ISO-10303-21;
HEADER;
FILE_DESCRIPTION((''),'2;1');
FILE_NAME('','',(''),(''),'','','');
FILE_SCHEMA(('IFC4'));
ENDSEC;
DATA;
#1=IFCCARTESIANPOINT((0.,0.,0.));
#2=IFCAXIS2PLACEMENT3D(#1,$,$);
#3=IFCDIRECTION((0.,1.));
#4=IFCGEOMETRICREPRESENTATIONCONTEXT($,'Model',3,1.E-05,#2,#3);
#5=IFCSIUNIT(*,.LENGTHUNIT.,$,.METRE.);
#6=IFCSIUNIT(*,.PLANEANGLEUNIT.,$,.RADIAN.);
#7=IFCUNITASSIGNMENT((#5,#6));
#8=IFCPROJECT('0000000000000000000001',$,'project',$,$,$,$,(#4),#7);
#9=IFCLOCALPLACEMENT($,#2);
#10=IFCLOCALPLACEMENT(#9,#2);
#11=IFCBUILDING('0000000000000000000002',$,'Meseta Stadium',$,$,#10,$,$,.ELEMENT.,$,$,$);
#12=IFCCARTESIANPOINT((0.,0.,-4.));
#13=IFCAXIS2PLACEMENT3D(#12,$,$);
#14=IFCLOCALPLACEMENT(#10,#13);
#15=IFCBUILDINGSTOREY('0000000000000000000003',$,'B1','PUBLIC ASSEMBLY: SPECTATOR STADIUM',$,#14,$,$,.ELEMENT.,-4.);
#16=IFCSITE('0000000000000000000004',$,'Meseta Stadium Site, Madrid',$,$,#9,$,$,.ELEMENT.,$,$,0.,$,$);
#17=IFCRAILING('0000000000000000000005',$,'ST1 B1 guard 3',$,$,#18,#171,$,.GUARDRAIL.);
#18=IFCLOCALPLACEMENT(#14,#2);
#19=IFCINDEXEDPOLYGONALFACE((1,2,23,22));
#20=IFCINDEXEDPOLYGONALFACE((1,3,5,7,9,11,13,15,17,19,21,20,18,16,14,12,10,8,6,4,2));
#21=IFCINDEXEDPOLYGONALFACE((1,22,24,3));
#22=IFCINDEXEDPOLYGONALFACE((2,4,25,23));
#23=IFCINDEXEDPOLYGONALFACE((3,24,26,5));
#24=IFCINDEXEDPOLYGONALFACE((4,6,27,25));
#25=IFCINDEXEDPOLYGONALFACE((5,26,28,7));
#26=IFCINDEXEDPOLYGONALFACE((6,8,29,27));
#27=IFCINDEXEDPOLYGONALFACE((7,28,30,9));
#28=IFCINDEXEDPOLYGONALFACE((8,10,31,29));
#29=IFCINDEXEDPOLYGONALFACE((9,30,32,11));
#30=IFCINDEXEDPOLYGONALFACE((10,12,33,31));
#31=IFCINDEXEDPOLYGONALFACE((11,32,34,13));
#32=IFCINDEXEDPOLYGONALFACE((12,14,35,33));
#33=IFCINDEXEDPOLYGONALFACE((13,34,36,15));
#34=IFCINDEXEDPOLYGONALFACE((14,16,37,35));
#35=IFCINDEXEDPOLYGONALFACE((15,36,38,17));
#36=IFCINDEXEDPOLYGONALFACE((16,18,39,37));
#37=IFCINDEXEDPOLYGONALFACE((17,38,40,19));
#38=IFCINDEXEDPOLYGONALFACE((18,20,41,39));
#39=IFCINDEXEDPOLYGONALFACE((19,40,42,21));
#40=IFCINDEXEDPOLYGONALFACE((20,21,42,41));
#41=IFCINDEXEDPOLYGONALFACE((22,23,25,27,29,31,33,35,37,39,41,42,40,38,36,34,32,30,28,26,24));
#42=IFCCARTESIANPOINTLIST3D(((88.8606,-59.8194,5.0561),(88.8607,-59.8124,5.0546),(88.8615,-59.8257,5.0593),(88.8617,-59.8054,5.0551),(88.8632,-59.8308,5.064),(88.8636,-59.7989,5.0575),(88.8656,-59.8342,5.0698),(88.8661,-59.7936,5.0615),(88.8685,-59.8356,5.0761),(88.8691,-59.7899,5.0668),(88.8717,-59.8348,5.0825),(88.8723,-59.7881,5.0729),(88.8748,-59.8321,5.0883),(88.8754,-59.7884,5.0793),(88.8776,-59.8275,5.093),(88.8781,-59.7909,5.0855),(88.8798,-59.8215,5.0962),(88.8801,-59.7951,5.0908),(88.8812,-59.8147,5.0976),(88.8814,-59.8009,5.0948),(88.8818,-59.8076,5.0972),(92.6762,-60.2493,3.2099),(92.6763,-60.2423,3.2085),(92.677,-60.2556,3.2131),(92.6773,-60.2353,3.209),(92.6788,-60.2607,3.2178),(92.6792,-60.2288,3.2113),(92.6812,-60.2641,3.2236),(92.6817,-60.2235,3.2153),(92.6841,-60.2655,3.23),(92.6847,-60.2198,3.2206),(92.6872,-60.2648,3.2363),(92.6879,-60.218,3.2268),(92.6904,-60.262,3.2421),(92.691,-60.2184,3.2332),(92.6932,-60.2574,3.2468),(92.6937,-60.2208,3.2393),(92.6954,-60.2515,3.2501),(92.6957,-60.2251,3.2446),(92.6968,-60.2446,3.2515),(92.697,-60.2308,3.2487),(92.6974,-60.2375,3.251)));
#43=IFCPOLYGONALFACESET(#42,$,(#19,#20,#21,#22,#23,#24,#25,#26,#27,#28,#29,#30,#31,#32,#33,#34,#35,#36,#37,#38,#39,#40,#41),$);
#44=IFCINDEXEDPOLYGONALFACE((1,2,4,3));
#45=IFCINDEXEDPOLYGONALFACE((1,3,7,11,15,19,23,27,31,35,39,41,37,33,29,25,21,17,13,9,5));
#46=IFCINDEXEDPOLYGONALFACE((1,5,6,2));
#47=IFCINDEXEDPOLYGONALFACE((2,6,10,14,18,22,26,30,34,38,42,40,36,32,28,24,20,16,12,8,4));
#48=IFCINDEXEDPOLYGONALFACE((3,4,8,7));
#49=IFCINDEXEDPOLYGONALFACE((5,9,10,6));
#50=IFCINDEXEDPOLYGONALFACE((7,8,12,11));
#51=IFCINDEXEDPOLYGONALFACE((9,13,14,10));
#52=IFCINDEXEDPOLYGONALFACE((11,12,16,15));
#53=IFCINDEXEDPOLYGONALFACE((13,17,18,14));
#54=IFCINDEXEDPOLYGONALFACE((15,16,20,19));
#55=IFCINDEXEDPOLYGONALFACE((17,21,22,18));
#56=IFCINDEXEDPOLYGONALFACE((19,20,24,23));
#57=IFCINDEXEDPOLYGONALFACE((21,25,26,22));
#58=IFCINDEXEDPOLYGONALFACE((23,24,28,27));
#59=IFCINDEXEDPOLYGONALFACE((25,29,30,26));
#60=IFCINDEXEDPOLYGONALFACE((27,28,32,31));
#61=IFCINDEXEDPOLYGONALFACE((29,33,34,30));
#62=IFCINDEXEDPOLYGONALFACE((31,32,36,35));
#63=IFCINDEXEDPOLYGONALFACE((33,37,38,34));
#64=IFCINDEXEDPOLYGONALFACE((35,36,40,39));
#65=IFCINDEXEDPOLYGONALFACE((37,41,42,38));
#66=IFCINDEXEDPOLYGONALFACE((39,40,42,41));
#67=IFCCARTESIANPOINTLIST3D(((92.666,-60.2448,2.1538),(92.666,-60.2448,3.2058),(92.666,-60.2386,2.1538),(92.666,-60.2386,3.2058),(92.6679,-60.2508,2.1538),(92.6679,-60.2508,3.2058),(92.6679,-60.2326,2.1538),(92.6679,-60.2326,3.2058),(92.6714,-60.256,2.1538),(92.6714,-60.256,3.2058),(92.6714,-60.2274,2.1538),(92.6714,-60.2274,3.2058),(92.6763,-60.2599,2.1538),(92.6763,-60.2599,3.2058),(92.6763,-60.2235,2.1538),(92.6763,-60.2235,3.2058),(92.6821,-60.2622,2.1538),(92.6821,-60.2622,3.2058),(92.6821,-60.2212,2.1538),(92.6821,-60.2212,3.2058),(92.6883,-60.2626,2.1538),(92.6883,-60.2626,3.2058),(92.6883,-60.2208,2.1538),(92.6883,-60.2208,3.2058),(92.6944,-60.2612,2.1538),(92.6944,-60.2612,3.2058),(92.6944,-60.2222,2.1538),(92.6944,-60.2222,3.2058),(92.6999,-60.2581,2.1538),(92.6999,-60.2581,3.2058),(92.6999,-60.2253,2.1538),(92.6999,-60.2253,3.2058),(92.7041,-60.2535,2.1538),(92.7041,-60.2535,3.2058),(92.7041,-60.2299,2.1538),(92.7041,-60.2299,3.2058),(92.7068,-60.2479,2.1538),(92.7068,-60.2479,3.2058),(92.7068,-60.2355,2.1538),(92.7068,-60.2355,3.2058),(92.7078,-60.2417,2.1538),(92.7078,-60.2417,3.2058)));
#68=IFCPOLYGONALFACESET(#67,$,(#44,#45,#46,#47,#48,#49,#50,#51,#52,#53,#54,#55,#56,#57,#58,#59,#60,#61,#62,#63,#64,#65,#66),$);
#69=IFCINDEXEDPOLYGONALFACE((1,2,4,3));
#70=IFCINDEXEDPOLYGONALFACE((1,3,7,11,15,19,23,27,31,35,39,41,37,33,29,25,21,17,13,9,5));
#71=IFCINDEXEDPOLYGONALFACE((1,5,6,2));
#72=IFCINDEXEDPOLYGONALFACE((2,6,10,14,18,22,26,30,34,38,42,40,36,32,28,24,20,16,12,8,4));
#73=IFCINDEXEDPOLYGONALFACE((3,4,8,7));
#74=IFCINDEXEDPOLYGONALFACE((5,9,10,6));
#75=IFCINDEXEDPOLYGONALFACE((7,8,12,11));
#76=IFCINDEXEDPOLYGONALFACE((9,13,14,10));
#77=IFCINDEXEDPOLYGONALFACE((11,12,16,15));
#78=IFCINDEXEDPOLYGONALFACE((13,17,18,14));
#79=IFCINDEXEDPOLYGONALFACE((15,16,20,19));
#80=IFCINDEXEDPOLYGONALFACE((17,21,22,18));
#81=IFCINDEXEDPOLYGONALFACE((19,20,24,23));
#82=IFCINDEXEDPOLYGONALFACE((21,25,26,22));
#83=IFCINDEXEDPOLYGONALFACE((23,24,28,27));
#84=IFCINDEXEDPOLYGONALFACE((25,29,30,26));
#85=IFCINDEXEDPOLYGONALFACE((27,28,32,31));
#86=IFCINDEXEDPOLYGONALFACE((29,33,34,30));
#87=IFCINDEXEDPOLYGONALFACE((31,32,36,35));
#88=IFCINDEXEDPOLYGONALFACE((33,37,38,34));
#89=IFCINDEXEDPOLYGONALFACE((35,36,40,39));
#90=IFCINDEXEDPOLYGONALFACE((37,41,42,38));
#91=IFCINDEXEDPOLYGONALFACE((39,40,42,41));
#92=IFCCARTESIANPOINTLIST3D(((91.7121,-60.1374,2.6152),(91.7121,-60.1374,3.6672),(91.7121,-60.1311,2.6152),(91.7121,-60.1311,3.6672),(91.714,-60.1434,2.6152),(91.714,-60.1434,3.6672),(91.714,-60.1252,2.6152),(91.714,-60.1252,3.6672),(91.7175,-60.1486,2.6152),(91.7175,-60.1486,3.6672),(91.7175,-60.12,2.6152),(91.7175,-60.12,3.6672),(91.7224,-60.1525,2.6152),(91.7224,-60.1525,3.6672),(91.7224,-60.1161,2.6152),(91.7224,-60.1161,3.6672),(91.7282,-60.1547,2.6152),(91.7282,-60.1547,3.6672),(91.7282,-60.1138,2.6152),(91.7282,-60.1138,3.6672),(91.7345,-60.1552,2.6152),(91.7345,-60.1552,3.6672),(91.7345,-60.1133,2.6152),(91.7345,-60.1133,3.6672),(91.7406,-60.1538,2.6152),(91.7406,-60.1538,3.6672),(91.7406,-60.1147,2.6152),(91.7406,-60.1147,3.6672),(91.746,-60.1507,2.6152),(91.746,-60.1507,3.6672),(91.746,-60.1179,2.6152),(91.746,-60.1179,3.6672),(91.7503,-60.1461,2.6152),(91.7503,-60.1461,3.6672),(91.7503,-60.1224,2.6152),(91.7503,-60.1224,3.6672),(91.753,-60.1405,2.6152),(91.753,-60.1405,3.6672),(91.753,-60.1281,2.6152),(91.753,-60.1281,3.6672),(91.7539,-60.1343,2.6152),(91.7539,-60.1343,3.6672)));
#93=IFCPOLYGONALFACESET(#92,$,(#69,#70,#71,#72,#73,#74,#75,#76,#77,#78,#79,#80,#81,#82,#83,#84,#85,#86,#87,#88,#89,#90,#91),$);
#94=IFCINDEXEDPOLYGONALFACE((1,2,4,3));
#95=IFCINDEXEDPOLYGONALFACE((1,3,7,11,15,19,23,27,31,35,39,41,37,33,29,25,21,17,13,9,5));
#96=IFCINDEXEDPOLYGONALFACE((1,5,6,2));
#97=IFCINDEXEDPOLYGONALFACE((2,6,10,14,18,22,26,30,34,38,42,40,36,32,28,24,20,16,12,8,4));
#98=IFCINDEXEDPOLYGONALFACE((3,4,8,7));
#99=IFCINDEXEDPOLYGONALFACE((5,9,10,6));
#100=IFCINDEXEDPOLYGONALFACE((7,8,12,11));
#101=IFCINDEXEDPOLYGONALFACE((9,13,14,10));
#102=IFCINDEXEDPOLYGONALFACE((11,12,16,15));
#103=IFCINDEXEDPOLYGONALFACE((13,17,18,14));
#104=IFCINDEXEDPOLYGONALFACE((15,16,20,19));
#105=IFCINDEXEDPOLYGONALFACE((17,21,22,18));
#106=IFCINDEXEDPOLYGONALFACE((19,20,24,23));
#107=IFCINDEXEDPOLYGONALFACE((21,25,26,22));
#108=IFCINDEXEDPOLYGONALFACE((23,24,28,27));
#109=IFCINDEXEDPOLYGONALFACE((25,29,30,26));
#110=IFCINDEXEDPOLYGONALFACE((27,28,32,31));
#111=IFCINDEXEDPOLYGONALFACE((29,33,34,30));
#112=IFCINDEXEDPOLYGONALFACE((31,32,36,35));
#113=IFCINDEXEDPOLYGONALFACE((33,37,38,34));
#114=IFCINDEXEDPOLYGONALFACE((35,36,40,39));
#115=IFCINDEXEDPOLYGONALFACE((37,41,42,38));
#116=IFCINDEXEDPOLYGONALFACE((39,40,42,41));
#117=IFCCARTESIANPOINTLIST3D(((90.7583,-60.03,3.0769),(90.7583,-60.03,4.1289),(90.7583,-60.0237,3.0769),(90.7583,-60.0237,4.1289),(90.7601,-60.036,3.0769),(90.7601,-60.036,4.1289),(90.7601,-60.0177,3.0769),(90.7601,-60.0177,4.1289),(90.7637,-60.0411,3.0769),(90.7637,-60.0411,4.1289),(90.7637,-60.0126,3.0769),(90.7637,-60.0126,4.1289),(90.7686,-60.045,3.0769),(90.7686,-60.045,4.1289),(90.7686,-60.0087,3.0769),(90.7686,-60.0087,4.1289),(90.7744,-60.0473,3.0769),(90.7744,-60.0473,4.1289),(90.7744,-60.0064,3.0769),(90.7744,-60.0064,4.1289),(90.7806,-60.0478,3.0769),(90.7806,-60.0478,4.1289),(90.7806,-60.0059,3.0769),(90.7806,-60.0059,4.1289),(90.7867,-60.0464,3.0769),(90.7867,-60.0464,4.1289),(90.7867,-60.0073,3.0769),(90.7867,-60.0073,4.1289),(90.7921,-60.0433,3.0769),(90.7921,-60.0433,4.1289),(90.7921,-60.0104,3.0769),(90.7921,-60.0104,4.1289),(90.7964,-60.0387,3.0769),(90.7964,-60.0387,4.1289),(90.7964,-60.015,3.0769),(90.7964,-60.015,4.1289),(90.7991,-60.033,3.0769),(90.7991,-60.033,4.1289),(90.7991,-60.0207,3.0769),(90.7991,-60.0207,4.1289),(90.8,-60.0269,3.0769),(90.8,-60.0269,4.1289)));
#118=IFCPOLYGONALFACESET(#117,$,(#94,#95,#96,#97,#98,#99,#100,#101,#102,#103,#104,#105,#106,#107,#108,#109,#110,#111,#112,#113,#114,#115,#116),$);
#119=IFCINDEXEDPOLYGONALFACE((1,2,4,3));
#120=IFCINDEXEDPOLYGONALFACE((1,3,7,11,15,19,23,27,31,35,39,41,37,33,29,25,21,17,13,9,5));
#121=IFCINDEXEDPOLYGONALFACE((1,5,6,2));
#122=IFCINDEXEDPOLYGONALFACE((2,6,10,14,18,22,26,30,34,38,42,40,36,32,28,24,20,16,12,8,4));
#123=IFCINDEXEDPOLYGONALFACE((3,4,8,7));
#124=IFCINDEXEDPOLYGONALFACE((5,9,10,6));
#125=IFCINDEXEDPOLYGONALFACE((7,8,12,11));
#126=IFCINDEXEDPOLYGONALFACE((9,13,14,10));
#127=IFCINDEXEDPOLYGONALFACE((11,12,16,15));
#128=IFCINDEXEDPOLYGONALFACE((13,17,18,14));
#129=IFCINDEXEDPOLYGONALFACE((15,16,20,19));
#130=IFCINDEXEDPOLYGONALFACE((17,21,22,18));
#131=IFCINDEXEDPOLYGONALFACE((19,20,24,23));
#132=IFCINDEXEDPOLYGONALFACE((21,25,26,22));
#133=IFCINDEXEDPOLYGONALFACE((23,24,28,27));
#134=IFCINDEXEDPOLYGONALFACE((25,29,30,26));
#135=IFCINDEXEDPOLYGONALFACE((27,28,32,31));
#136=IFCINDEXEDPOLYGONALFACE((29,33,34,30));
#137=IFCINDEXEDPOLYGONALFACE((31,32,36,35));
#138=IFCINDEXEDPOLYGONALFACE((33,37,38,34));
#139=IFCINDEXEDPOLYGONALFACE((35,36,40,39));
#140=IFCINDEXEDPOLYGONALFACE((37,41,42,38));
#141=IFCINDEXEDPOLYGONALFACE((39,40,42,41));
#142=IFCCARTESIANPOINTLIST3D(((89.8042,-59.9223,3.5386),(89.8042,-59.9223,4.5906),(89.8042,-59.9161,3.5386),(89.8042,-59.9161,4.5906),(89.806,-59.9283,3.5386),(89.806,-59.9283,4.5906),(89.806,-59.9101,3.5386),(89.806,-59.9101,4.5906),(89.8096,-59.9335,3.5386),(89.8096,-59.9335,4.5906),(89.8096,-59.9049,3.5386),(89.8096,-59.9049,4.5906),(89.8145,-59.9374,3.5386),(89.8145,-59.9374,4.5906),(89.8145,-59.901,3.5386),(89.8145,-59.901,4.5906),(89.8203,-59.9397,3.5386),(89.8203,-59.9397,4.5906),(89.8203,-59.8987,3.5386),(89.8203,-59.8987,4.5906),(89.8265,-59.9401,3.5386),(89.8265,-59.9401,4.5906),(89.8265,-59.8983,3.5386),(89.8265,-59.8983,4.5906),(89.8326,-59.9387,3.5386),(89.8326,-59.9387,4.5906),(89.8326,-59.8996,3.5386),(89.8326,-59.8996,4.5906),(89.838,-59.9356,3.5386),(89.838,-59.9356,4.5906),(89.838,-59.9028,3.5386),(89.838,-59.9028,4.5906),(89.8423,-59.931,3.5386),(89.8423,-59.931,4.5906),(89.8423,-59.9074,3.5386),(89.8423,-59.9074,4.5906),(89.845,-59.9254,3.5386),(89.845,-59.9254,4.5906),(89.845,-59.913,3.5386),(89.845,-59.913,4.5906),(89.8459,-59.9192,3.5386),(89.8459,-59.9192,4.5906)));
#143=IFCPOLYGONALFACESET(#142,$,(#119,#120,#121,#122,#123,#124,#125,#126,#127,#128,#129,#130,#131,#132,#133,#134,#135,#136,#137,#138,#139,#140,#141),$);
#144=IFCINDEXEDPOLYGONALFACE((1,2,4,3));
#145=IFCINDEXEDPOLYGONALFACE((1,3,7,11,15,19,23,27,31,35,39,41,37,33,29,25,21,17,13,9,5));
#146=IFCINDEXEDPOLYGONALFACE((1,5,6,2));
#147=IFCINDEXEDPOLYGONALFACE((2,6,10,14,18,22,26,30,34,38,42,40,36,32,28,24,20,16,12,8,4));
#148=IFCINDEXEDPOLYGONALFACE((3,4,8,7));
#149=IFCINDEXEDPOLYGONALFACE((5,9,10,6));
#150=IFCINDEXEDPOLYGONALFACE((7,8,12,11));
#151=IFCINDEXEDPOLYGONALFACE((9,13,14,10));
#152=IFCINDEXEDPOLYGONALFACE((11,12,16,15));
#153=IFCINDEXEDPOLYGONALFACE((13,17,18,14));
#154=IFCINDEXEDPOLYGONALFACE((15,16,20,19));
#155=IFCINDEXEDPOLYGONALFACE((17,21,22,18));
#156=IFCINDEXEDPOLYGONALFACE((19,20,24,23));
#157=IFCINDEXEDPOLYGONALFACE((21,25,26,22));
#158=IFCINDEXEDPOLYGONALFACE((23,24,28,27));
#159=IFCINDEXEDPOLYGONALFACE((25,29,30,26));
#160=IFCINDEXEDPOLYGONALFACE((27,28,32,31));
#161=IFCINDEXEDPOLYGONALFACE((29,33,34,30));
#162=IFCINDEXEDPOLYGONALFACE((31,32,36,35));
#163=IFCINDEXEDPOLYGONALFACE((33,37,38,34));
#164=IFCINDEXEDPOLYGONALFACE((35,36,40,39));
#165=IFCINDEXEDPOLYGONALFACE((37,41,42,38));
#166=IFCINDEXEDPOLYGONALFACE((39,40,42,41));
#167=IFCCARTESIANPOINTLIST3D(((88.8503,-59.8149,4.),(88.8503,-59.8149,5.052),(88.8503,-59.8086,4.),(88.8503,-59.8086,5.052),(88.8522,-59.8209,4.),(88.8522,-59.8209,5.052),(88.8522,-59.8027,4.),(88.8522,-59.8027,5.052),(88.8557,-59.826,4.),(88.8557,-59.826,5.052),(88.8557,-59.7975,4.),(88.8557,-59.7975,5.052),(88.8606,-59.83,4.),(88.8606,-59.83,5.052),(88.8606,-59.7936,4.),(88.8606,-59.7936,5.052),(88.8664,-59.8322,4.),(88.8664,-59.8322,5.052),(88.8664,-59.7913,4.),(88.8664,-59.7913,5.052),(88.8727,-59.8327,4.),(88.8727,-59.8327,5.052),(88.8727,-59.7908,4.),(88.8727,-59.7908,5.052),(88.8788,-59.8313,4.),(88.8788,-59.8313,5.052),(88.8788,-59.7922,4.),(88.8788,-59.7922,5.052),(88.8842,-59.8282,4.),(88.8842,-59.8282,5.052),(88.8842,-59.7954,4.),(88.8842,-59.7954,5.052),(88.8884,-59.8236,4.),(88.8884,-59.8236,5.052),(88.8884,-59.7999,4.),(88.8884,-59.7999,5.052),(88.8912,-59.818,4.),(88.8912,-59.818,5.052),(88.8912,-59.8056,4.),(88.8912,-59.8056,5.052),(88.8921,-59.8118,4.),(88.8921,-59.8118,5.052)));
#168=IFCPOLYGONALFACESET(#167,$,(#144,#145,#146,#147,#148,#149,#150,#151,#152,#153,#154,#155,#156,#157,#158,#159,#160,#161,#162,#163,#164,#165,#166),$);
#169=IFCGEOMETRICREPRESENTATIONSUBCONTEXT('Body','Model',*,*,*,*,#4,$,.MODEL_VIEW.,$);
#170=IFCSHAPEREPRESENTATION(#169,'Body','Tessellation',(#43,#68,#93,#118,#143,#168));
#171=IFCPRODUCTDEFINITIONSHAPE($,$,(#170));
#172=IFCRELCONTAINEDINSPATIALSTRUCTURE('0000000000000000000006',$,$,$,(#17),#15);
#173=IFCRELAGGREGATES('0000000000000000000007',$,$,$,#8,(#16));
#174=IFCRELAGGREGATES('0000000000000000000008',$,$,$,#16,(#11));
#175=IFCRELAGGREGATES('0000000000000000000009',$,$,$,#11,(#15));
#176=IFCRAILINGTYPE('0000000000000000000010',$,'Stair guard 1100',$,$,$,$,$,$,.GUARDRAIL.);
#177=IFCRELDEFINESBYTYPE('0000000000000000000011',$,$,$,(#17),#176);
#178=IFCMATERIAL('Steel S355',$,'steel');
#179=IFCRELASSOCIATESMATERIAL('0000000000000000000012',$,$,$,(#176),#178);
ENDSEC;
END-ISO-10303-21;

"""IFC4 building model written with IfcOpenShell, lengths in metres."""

from ifc_helpers import new_model, si_unit, direction, frame, origin, origin_2d, place, context, subcontext, project, spatial, circle, extrude, material, type_object, element, save


model = new_model("IFC4")

# Units and contexts
model_context = context("Model", 3, precision=1e-05, world=origin(), true_north=direction((0.0, 1.0)))
body_context = subcontext(model_context, "Body", "Model", "MODEL_VIEW")
ifc_project = project(units=[si_unit("LENGTHUNIT", "METRE"), si_unit("PLANEANGLEUNIT", "RADIAN")], contexts=[model_context])

# Site, building, storey
site_placement = place(None, origin())
site = spatial("IfcSite", under=ifc_project, at=site_placement, Name="Meseta Stadium Site, Madrid", CompositionType="ELEMENT", RefElevation=0.0)
building_placement = place(site_placement, origin())
building = spatial("IfcBuilding", under=site, at=building_placement, Name="Meseta Stadium", CompositionType="ELEMENT")
storey_placement = place(building_placement, frame((0.0, 0.0, -4.0)))
storey = spatial("IfcBuildingStorey", under=building, at=storey_placement, Name="B1", Description="PUBLIC ASSEMBLY: SPECTATOR STADIUM", CompositionType="ELEMENT", Elevation=-4.0)

# Railing
ifc_material_1 = material(Name="Steel S355", Category="steel")
railing_type_1 = type_object("IfcRailingType", Name="Stair guard 1100", PredefinedType="GUARDRAIL", material=ifc_material_1)
railing_1_placement = place(storey_placement, frame((92.6868, -60.2417, 2.1538)))
element("IfcRailing", 1, at=railing_1_placement, inside=storey, type_object=railing_type_1, Name="ST1 B1 guard 3", PredefinedType="GUARDRAIL", context=body_context, shape_type="SweptSolid", body=[
    extrude(circle(Radius=0.0239, at=origin_2d()), frame((0.0, 0.0, 1.0762), z_axis=(-0.895574, 0.100909, 0.433318), x_axis=(-0.111967, -0.993712, 0.0)), (0.0, 0.0, 1.0), 4.2605),
    extrude(circle(Radius=0.021, at=origin_2d()), origin(), (0.0, 0.0, 1.0), 1.052),
    extrude(circle(Radius=0.021, at=origin_2d()), frame((-0.9539, 0.1074, 0.4614)), (0.0, 0.0, 1.0), 1.052),
    extrude(circle(Radius=0.021, at=origin_2d()), frame((-1.9077, 0.2148, 0.9231)), (0.0, 0.0, 1.0), 1.052),
    extrude(circle(Radius=0.021, at=origin_2d()), frame((-2.8618, 0.3225, 1.3848)), (0.0, 0.0, 1.0), 1.052),
    extrude(circle(Radius=0.021, at=origin_2d()), frame((-3.8157, 0.4299, 1.8462)), (0.0, 0.0, 1.0), 1.052),
])

save(model, "model.ifc")
